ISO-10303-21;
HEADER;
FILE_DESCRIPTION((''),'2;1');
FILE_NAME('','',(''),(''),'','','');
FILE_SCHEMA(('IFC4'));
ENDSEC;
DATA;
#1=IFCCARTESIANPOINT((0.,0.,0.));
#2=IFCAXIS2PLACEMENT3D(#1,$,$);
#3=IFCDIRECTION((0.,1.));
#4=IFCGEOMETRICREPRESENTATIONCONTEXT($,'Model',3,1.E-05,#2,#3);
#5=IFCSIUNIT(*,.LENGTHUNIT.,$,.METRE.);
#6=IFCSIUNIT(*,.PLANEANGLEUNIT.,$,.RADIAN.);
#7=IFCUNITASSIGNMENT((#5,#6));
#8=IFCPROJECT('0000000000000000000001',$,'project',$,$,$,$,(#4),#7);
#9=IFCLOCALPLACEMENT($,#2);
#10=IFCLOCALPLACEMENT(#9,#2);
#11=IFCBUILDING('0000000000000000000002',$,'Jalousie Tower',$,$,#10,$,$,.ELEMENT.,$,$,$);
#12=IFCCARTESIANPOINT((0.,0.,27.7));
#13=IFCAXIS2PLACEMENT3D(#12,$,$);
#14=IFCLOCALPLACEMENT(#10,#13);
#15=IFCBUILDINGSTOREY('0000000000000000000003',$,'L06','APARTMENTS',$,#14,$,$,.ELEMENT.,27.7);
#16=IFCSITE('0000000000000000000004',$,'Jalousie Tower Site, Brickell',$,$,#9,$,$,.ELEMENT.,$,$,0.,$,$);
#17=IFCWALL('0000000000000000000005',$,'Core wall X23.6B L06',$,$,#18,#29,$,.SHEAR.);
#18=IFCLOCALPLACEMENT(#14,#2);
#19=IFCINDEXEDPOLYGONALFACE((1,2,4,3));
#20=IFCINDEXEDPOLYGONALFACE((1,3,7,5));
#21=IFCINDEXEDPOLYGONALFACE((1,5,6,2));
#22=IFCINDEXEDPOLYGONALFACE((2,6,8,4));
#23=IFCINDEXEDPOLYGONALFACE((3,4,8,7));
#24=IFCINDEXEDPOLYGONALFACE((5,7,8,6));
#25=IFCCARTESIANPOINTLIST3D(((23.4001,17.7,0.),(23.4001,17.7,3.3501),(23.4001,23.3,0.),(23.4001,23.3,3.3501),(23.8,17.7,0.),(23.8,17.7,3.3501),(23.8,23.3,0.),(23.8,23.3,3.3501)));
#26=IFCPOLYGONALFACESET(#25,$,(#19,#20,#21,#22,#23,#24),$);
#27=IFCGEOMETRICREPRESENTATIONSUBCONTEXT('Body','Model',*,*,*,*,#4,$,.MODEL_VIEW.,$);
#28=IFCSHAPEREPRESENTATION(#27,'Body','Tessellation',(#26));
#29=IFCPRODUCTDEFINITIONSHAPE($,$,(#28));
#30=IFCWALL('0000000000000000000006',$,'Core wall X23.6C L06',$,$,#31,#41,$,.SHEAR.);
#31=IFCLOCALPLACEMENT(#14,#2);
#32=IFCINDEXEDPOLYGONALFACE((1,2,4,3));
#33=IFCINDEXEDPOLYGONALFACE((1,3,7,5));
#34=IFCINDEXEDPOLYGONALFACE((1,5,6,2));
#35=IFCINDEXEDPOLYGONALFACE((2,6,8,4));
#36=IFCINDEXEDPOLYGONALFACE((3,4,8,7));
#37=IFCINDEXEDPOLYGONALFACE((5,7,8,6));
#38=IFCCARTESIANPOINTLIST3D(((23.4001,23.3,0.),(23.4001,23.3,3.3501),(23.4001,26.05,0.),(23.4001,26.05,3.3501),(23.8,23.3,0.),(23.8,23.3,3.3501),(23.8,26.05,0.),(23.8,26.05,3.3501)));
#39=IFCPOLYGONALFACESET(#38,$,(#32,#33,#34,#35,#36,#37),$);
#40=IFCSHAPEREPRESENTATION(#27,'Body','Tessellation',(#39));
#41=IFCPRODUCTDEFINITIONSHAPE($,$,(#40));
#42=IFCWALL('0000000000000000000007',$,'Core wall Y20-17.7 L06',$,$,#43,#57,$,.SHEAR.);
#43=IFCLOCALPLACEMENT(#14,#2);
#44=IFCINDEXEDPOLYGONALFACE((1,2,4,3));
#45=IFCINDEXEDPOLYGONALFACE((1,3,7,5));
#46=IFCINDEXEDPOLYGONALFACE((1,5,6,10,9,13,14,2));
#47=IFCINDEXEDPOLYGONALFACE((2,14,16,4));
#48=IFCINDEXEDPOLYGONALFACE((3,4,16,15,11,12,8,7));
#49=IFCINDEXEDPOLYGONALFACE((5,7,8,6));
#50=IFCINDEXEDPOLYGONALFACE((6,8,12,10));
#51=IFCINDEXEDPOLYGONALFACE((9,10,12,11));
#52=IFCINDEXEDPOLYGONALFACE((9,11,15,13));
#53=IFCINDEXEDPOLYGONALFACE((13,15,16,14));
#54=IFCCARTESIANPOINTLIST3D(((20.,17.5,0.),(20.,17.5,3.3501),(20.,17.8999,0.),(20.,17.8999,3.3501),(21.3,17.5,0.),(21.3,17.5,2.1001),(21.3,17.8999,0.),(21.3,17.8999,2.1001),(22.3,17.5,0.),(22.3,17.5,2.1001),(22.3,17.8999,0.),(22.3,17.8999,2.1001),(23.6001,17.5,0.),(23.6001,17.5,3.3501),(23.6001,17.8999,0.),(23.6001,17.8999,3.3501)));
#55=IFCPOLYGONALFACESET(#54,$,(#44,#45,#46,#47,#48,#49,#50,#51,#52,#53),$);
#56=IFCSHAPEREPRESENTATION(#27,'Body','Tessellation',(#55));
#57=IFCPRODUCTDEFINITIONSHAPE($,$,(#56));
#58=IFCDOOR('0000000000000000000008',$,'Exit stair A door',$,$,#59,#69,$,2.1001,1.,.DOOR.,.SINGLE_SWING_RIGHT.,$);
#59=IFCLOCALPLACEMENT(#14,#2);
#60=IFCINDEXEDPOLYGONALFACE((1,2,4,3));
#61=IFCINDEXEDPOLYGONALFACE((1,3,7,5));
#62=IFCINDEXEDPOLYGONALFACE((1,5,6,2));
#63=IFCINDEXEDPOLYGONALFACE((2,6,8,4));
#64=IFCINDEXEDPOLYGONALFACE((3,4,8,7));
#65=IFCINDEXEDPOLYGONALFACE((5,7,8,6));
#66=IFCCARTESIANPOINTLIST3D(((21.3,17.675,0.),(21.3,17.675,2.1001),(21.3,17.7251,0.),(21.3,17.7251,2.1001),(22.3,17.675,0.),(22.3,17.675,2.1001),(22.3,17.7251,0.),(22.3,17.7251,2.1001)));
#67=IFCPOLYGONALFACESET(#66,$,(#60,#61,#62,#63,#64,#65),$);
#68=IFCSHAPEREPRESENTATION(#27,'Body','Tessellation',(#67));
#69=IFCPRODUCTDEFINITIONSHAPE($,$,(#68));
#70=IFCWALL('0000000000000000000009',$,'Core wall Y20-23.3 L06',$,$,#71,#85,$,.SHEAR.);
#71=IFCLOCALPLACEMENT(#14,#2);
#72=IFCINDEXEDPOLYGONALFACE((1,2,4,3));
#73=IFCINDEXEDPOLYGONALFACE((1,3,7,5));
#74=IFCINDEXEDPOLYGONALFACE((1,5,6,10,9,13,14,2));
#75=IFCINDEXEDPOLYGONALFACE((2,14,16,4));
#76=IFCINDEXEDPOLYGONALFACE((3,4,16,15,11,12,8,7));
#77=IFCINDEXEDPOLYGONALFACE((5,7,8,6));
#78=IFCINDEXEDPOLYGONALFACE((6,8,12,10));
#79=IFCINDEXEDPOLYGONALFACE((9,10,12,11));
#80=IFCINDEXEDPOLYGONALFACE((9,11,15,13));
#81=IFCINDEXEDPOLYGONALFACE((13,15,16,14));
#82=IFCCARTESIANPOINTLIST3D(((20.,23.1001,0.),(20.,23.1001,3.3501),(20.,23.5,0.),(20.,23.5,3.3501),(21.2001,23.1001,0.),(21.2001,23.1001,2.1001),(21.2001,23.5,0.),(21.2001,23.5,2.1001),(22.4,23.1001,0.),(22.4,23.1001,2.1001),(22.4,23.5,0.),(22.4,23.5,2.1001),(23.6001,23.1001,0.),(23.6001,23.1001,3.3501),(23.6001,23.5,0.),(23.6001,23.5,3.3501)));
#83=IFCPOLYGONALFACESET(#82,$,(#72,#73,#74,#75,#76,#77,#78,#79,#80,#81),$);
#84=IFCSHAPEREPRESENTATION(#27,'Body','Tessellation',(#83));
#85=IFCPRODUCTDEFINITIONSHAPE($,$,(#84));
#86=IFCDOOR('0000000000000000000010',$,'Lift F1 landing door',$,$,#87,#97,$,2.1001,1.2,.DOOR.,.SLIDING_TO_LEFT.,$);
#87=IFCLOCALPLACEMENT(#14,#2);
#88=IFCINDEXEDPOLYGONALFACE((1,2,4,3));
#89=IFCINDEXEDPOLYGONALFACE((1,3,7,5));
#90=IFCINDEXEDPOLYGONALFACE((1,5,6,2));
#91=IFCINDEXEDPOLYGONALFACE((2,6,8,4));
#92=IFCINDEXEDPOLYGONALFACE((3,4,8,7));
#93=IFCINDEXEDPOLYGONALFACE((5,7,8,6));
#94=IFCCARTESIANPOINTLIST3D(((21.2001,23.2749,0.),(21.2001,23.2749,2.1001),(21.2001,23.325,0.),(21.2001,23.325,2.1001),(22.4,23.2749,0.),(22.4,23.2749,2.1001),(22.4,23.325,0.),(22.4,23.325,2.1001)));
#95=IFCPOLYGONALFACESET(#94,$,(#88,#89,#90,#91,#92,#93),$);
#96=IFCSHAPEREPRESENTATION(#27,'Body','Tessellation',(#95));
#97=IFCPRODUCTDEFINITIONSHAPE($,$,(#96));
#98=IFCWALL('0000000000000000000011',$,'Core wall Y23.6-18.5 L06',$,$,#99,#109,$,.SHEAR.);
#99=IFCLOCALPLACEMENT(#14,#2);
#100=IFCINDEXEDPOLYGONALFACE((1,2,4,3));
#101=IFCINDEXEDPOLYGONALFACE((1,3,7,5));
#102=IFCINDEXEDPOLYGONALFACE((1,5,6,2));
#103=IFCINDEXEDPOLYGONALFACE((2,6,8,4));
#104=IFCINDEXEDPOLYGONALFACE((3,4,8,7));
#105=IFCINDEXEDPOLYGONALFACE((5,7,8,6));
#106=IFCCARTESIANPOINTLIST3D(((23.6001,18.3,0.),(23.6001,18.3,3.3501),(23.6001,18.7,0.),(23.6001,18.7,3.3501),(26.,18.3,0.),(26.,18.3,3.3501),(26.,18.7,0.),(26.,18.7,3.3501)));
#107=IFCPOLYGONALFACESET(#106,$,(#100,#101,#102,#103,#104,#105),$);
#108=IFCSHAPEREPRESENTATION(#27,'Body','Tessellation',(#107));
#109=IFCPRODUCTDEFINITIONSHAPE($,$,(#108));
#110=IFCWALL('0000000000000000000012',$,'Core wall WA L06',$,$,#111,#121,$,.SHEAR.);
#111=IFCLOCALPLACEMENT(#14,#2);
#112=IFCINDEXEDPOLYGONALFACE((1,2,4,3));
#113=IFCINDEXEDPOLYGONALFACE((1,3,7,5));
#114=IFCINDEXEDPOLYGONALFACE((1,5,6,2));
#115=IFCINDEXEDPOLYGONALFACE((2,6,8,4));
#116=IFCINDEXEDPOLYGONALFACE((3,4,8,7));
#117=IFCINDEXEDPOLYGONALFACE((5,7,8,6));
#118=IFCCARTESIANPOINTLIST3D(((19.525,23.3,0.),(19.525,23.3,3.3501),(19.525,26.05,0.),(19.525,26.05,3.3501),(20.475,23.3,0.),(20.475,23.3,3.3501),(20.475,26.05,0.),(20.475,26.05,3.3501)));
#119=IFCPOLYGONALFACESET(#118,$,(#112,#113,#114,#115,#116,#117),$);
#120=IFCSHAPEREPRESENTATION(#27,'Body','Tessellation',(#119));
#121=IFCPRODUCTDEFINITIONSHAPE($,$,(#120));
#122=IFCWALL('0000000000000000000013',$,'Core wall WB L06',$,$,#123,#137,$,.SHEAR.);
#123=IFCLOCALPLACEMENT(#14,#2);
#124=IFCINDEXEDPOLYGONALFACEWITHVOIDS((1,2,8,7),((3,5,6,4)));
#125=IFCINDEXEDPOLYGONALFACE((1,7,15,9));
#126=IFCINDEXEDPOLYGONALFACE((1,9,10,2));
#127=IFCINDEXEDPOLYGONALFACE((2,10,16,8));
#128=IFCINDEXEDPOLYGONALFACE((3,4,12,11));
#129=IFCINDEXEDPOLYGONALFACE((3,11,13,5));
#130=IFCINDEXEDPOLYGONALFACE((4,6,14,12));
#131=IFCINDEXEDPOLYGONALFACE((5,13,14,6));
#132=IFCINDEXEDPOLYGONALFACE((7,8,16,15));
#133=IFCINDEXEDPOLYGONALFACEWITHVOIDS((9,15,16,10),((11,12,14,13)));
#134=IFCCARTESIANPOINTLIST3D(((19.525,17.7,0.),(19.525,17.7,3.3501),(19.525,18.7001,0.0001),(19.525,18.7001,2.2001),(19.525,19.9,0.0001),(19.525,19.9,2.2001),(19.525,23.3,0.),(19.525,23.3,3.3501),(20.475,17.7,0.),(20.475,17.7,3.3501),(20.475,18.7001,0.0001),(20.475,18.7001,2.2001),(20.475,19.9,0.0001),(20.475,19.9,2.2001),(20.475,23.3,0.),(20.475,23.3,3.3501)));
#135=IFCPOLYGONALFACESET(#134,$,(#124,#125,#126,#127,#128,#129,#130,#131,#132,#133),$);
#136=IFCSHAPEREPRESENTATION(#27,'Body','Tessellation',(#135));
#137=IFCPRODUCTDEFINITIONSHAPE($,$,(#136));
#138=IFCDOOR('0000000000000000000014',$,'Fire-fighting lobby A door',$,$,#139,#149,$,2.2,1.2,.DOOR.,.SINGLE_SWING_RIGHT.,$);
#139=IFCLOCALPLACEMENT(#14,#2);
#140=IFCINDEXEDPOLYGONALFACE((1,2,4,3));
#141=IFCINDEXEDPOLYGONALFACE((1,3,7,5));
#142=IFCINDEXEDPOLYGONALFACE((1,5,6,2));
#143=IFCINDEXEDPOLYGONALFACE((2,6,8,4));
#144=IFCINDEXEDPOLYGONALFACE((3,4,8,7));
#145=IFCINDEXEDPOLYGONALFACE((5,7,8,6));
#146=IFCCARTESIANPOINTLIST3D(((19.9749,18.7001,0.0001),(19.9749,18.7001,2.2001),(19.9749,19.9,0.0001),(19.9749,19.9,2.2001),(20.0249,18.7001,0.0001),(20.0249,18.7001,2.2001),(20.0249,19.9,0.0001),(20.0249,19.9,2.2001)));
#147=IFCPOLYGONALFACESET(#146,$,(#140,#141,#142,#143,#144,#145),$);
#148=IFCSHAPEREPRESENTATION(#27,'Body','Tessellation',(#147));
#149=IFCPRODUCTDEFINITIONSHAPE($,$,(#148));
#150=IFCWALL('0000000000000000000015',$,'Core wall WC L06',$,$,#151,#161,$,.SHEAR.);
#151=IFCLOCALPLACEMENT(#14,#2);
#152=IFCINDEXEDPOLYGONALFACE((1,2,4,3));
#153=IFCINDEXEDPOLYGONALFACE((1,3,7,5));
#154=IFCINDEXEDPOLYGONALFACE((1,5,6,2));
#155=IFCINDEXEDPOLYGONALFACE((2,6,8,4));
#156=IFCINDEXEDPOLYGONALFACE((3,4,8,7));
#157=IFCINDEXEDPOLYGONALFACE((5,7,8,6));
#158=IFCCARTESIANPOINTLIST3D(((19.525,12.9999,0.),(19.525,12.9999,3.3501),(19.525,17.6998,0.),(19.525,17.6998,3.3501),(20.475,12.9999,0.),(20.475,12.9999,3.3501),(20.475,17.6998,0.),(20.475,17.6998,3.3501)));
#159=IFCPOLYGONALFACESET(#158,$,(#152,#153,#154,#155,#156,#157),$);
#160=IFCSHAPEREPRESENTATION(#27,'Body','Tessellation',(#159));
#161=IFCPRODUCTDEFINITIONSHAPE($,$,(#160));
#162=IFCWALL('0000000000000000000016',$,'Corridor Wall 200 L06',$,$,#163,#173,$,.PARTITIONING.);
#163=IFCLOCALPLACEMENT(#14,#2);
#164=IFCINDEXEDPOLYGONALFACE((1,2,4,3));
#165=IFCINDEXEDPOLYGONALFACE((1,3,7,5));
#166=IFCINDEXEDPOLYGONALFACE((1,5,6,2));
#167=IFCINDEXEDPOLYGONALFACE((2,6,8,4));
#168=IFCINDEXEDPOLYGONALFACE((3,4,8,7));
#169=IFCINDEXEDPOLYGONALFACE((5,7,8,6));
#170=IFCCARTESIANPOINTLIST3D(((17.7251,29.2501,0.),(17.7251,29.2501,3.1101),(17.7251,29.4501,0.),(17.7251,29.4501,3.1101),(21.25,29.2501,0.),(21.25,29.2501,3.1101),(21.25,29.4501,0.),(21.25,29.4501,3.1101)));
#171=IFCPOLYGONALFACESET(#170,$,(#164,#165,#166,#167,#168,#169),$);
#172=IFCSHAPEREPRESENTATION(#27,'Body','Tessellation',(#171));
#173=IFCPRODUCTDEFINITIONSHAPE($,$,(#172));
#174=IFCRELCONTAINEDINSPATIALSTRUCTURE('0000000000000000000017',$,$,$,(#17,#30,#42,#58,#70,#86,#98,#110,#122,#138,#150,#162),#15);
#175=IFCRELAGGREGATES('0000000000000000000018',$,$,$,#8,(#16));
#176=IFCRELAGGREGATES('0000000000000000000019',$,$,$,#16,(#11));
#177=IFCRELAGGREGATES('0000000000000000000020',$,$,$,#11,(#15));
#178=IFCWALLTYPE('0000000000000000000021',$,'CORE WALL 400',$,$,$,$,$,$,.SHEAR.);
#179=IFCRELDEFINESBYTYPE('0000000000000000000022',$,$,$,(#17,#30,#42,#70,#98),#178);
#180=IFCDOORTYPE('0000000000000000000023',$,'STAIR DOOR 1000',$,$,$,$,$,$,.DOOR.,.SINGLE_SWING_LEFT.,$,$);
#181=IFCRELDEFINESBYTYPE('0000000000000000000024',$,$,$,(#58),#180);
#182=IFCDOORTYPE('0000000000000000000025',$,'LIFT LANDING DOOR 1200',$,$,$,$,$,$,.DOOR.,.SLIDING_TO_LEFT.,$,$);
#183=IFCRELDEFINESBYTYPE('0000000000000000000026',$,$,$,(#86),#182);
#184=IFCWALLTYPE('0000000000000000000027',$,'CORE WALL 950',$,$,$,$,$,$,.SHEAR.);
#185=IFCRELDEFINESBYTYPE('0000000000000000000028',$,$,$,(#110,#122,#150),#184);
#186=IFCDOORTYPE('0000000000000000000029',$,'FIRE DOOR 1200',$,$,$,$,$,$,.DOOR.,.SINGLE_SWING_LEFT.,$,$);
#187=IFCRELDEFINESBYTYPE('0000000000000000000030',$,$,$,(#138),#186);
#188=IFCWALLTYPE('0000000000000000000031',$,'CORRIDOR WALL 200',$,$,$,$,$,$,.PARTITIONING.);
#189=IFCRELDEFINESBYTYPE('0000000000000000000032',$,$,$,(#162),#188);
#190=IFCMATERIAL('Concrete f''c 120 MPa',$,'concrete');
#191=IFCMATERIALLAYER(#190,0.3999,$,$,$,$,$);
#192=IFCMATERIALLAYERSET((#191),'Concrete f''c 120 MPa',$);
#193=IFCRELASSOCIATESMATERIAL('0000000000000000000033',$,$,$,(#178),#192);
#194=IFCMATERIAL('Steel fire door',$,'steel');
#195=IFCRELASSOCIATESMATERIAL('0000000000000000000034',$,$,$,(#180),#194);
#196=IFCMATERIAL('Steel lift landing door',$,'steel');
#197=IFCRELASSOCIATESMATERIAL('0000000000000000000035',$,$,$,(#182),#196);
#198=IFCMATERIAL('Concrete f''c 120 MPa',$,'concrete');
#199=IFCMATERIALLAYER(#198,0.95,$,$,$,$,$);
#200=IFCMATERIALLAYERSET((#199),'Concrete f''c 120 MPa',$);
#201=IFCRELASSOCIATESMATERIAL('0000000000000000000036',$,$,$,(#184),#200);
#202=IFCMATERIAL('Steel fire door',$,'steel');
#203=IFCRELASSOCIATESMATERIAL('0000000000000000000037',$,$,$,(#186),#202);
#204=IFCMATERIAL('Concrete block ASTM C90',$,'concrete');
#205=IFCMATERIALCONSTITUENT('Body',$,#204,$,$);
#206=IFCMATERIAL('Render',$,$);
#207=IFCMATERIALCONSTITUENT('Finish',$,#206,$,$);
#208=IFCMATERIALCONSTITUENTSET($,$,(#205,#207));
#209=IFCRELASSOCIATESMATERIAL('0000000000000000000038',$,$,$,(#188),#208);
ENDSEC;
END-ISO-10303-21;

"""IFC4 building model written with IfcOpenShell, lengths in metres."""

from ifc_helpers import new_model, si_unit, direction, frame, frame_2d, origin, place, context, subcontext, project, spatial, rectangle, extrude, material, layer, layer_set, constituent, constituent_set, type_object, element, fill, save


model = new_model("IFC4")

# Units and contexts
model_context = context("Model", 3, precision=1e-05, world=origin(), true_north=direction((0.0, 1.0)))
body_context = subcontext(model_context, "Body", "Model", "MODEL_VIEW")
ifc_project = project(units=[si_unit("LENGTHUNIT", "METRE"), si_unit("PLANEANGLEUNIT", "RADIAN")], contexts=[model_context])

# Site, building, storey
site_placement = place(None, origin())
site = spatial("IfcSite", under=ifc_project, at=site_placement, Name="Jalousie Tower Site, Brickell", CompositionType="ELEMENT", RefElevation=0.0)
building_placement = place(site_placement, origin())
building = spatial("IfcBuilding", under=site, at=building_placement, Name="Jalousie Tower", CompositionType="ELEMENT")
storey_placement = place(building_placement, frame((0.0, 0.0, 27.7)))
storey = spatial("IfcBuildingStorey", under=building, at=storey_placement, Name="L06", Description="APARTMENTS", CompositionType="ELEMENT", Elevation=27.7)

# Walls
ifc_material_1 = material(Name="Concrete f'c 120 MPa", Category="concrete")
ifc_layer_1 = layer(ifc_material_1, 0.3999)
ifc_layer_set_1 = layer_set([ifc_layer_1], Name="Concrete f'c 120 MPa")
wall_type_1 = type_object("IfcWallType", Name="CORE WALL 400", PredefinedType="SHEAR", material=ifc_layer_set_1)
wall_1_placement = place(storey_placement, frame((23.6001, 17.7, 0.0), z_axis=(0.0, 0.0, 1.0), x_axis=(0.0, 1.0, 0.0)))
element("IfcWall", 1, at=wall_1_placement, inside=storey, type_object=wall_type_1, Name="Core wall X23.6B L06", PredefinedType="SHEAR", context=body_context, shape_type="SweptSolid", body=[
    extrude(rectangle(XDim=5.6001, YDim=0.3999, at=frame_2d((2.8, 0.0))), origin(), (0.0, 0.0, 1.0), 3.3501),
])
wall_2_placement = place(storey_placement, frame((23.6001, 23.3, 0.0), z_axis=(0.0, 0.0, 1.0), x_axis=(0.0, 1.0, 0.0)))
element("IfcWall", 2, at=wall_2_placement, inside=storey, type_object=wall_type_1, Name="Core wall X23.6C L06", PredefinedType="SHEAR", context=body_context, shape_type="SweptSolid", body=[
    extrude(rectangle(XDim=2.75, YDim=0.3999, at=frame_2d((1.375, 0.0))), origin(), (0.0, 0.0, 1.0), 3.3501),
])

# Walls, openings, doors
wall_3_placement = place(storey_placement, frame((20.0, 17.7, 0.0), z_axis=(0.0, 0.0, 1.0), x_axis=(1.0, 0.0, 0.0)))
wall_3 = element("IfcWall", 3, at=wall_3_placement, inside=storey, type_object=wall_type_1, Name="Core wall Y20-17.7 L06", PredefinedType="SHEAR", context=body_context, shape_type="SweptSolid", body=[
    extrude(rectangle(XDim=3.6001, YDim=0.3999, at=frame_2d((1.8, 0.0))), origin(), (0.0, 0.0, 1.0), 3.3501),
])
opening_1_placement = place(wall_3_placement, frame((1.3, 0.0, 0.0)))
opening_1 = element("IfcOpeningElement", 4, at=opening_1_placement, cuts=wall_3, PredefinedType="OPENING", context=body_context, shape_type="SweptSolid", body=[
    extrude(rectangle(XDim=1.0, YDim=2.1001, at=frame_2d((0.5, 1.05))), frame((0.0, 0.21, 0.0), z_axis=(0.0, -1.0, 0.0), x_axis=(1.0, 0.0, 0.0)), (0.0, 0.0, 1.0), 0.4199),
])
ifc_material_2 = material(Name="Steel fire door", Category="steel")
door_type_1 = type_object("IfcDoorType", Name="STAIR DOOR 1000", OperationType="SINGLE_SWING_LEFT", PredefinedType="DOOR", material=ifc_material_2)
door_1_placement = place(opening_1_placement, frame((1.0, 0.0, 0.0), z_axis=(0.0, 0.0, 1.0), x_axis=(-1.0, 0.0, 0.0)))
door_1 = element("IfcDoor", 5, at=door_1_placement, inside=storey, type_object=door_type_1, Name="Exit stair A door", OperationType="SINGLE_SWING_RIGHT", OverallHeight=2.1001, OverallWidth=1.0, PredefinedType="DOOR", context=body_context, shape_type="SweptSolid", body=[
    extrude(rectangle(XDim=1.0, YDim=2.1001, at=frame_2d((0.5, 1.05))), frame((0.0, 0.0249, 0.0), z_axis=(0.0, -1.0, 0.0), x_axis=(1.0, 0.0, 0.0)), (0.0, 0.0, 1.0), 0.05),
])
fill(opening_1, door_1)
wall_4_placement = place(storey_placement, frame((20.0, 23.3, 0.0), z_axis=(0.0, 0.0, 1.0), x_axis=(1.0, 0.0, 0.0)))
wall_4 = element("IfcWall", 6, at=wall_4_placement, inside=storey, type_object=wall_type_1, Name="Core wall Y20-23.3 L06", PredefinedType="SHEAR", context=body_context, shape_type="SweptSolid", body=[
    extrude(rectangle(XDim=3.6001, YDim=0.3999, at=frame_2d((1.8, 0.0))), origin(), (0.0, 0.0, 1.0), 3.3501),
])
opening_2_placement = place(wall_4_placement, frame((1.2, 0.0, 0.0)))
opening_2 = element("IfcOpeningElement", 7, at=opening_2_placement, cuts=wall_4, PredefinedType="OPENING", context=body_context, shape_type="SweptSolid", body=[
    extrude(rectangle(XDim=1.2, YDim=2.1001, at=frame_2d((0.6001, 1.05))), frame((0.0, 0.21, 0.0), z_axis=(0.0, -1.0, 0.0), x_axis=(1.0, 0.0, 0.0)), (0.0, 0.0, 1.0), 0.4199),
])
ifc_material_3 = material(Name="Steel lift landing door", Category="steel")
door_type_2 = type_object("IfcDoorType", Name="LIFT LANDING DOOR 1200", OperationType="SLIDING_TO_LEFT", PredefinedType="DOOR", material=ifc_material_3)
door_2_placement = place(opening_2_placement, origin())
door_2 = element("IfcDoor", 8, at=door_2_placement, inside=storey, type_object=door_type_2, Name="Lift F1 landing door", OperationType="SLIDING_TO_LEFT", OverallHeight=2.1001, OverallWidth=1.2, PredefinedType="DOOR", context=body_context, shape_type="SweptSolid", body=[
    extrude(rectangle(XDim=1.2, YDim=2.1001, at=frame_2d((0.6001, 1.05))), frame((0.0, 0.0249, 0.0), z_axis=(0.0, -1.0, 0.0), x_axis=(1.0, 0.0, 0.0)), (0.0, 0.0, 1.0), 0.05),
])
fill(opening_2, door_2)

# Walls
wall_5_placement = place(storey_placement, frame((23.6001, 18.5, 0.0), z_axis=(0.0, 0.0, 1.0), x_axis=(1.0, 0.0, 0.0)))
element("IfcWall", 9, at=wall_5_placement, inside=storey, type_object=wall_type_1, Name="Core wall Y23.6-18.5 L06", PredefinedType="SHEAR", context=body_context, shape_type="SweptSolid", body=[
    extrude(rectangle(XDim=2.3999, YDim=0.3999, at=frame_2d((1.2, 0.0))), origin(), (0.0, 0.0, 1.0), 3.3501),
])
ifc_material_4 = material(Name="Concrete f'c 120 MPa", Category="concrete")
ifc_layer_2 = layer(ifc_material_4, 0.95)
ifc_layer_set_2 = layer_set([ifc_layer_2], Name="Concrete f'c 120 MPa")
wall_type_2 = type_object("IfcWallType", Name="CORE WALL 950", PredefinedType="SHEAR", material=ifc_layer_set_2)
wall_6_placement = place(storey_placement, frame((20.0, 26.05, 0.0), z_axis=(0.0, 0.0, 1.0), x_axis=(0.0, -1.0, 0.0)))
element("IfcWall", 10, at=wall_6_placement, inside=storey, type_object=wall_type_2, Name="Core wall WA L06", PredefinedType="SHEAR", context=body_context, shape_type="SweptSolid", body=[
    extrude(rectangle(XDim=2.75, YDim=0.95, at=frame_2d((1.375, 0.0))), origin(), (0.0, 0.0, 1.0), 3.3501),
])

# Wall, opening, door
wall_7_placement = place(storey_placement, frame((20.0, 23.3, 0.0), z_axis=(0.0, 0.0, 1.0), x_axis=(0.0, -1.0, 0.0)))
wall_7 = element("IfcWall", 11, at=wall_7_placement, inside=storey, type_object=wall_type_2, Name="Core wall WB L06", PredefinedType="SHEAR", context=body_context, shape_type="SweptSolid", body=[
    extrude(rectangle(XDim=5.6001, YDim=0.95, at=frame_2d((2.8, 0.0))), origin(), (0.0, 0.0, 1.0), 3.3501),
])
opening_3_placement = place(wall_7_placement, frame((3.3999, 0.0, 0.0)))
opening_3 = element("IfcOpeningElement", 12, at=opening_3_placement, cuts=wall_7, PredefinedType="OPENING", context=body_context, shape_type="SweptSolid", body=[
    extrude(rectangle(XDim=1.2, YDim=2.2, at=frame_2d((0.6001, 1.1001))), frame((0.0, 0.4849, 0.0), z_axis=(0.0, -1.0, 0.0), x_axis=(1.0, 0.0, 0.0)), (0.0, 0.0, 1.0), 0.97),
])
ifc_material_5 = material(Name="Steel fire door", Category="steel")
door_type_3 = type_object("IfcDoorType", Name="FIRE DOOR 1200", OperationType="SINGLE_SWING_LEFT", PredefinedType="DOOR", material=ifc_material_5)
door_3_placement = place(opening_3_placement, origin())
door_3 = element("IfcDoor", 13, at=door_3_placement, inside=storey, type_object=door_type_3, Name="Fire-fighting lobby A door", OperationType="SINGLE_SWING_RIGHT", OverallHeight=2.2, OverallWidth=1.2, PredefinedType="DOOR", context=body_context, shape_type="SweptSolid", body=[
    extrude(rectangle(XDim=1.2, YDim=2.2, at=frame_2d((0.6001, 1.1001))), frame((0.0, 0.0249, 0.0), z_axis=(0.0, -1.0, 0.0), x_axis=(1.0, 0.0, 0.0)), (0.0, 0.0, 1.0), 0.05),
])
fill(opening_3, door_3)

# Walls
wall_8_placement = place(storey_placement, frame((20.0, 17.7, 0.0), z_axis=(0.0, 0.0, 1.0), x_axis=(0.0, -1.0, 0.0)))
element("IfcWall", 14, at=wall_8_placement, inside=storey, type_object=wall_type_2, Name="Core wall WC L06", PredefinedType="SHEAR", context=body_context, shape_type="SweptSolid", body=[
    extrude(rectangle(XDim=4.7, YDim=0.95, at=frame_2d((2.3501, 0.0))), origin(), (0.0, 0.0, 1.0), 3.3501),
])
ifc_material_6 = material(Name="Concrete block ASTM C90", Category="concrete")
ifc_constituent_1 = constituent(ifc_material_6, Name="Body")
ifc_material_7 = material(Name="Render")
ifc_constituent_2 = constituent(ifc_material_7, Name="Finish")
ifc_constituent_set_1 = constituent_set(constituents=[ifc_constituent_1, ifc_constituent_2])
wall_type_3 = type_object("IfcWallType", Name="CORRIDOR WALL 200", PredefinedType="PARTITIONING", material=ifc_constituent_set_1)
wall_9_placement = place(storey_placement, frame((17.7251, 29.3501, 0.0), z_axis=(0.0, 0.0, 1.0), x_axis=(1.0, 0.0, 0.0)))
element("IfcWall", 15, at=wall_9_placement, inside=storey, type_object=wall_type_3, Name="Corridor Wall 200 L06", PredefinedType="PARTITIONING", context=body_context, shape_type="SweptSolid", body=[
    extrude(rectangle(XDim=3.5249, YDim=0.2, at=frame_2d((1.7625, 0.0))), origin(), (0.0, 0.0, 1.0), 3.1101),
])

save(model, "model.ifc")
